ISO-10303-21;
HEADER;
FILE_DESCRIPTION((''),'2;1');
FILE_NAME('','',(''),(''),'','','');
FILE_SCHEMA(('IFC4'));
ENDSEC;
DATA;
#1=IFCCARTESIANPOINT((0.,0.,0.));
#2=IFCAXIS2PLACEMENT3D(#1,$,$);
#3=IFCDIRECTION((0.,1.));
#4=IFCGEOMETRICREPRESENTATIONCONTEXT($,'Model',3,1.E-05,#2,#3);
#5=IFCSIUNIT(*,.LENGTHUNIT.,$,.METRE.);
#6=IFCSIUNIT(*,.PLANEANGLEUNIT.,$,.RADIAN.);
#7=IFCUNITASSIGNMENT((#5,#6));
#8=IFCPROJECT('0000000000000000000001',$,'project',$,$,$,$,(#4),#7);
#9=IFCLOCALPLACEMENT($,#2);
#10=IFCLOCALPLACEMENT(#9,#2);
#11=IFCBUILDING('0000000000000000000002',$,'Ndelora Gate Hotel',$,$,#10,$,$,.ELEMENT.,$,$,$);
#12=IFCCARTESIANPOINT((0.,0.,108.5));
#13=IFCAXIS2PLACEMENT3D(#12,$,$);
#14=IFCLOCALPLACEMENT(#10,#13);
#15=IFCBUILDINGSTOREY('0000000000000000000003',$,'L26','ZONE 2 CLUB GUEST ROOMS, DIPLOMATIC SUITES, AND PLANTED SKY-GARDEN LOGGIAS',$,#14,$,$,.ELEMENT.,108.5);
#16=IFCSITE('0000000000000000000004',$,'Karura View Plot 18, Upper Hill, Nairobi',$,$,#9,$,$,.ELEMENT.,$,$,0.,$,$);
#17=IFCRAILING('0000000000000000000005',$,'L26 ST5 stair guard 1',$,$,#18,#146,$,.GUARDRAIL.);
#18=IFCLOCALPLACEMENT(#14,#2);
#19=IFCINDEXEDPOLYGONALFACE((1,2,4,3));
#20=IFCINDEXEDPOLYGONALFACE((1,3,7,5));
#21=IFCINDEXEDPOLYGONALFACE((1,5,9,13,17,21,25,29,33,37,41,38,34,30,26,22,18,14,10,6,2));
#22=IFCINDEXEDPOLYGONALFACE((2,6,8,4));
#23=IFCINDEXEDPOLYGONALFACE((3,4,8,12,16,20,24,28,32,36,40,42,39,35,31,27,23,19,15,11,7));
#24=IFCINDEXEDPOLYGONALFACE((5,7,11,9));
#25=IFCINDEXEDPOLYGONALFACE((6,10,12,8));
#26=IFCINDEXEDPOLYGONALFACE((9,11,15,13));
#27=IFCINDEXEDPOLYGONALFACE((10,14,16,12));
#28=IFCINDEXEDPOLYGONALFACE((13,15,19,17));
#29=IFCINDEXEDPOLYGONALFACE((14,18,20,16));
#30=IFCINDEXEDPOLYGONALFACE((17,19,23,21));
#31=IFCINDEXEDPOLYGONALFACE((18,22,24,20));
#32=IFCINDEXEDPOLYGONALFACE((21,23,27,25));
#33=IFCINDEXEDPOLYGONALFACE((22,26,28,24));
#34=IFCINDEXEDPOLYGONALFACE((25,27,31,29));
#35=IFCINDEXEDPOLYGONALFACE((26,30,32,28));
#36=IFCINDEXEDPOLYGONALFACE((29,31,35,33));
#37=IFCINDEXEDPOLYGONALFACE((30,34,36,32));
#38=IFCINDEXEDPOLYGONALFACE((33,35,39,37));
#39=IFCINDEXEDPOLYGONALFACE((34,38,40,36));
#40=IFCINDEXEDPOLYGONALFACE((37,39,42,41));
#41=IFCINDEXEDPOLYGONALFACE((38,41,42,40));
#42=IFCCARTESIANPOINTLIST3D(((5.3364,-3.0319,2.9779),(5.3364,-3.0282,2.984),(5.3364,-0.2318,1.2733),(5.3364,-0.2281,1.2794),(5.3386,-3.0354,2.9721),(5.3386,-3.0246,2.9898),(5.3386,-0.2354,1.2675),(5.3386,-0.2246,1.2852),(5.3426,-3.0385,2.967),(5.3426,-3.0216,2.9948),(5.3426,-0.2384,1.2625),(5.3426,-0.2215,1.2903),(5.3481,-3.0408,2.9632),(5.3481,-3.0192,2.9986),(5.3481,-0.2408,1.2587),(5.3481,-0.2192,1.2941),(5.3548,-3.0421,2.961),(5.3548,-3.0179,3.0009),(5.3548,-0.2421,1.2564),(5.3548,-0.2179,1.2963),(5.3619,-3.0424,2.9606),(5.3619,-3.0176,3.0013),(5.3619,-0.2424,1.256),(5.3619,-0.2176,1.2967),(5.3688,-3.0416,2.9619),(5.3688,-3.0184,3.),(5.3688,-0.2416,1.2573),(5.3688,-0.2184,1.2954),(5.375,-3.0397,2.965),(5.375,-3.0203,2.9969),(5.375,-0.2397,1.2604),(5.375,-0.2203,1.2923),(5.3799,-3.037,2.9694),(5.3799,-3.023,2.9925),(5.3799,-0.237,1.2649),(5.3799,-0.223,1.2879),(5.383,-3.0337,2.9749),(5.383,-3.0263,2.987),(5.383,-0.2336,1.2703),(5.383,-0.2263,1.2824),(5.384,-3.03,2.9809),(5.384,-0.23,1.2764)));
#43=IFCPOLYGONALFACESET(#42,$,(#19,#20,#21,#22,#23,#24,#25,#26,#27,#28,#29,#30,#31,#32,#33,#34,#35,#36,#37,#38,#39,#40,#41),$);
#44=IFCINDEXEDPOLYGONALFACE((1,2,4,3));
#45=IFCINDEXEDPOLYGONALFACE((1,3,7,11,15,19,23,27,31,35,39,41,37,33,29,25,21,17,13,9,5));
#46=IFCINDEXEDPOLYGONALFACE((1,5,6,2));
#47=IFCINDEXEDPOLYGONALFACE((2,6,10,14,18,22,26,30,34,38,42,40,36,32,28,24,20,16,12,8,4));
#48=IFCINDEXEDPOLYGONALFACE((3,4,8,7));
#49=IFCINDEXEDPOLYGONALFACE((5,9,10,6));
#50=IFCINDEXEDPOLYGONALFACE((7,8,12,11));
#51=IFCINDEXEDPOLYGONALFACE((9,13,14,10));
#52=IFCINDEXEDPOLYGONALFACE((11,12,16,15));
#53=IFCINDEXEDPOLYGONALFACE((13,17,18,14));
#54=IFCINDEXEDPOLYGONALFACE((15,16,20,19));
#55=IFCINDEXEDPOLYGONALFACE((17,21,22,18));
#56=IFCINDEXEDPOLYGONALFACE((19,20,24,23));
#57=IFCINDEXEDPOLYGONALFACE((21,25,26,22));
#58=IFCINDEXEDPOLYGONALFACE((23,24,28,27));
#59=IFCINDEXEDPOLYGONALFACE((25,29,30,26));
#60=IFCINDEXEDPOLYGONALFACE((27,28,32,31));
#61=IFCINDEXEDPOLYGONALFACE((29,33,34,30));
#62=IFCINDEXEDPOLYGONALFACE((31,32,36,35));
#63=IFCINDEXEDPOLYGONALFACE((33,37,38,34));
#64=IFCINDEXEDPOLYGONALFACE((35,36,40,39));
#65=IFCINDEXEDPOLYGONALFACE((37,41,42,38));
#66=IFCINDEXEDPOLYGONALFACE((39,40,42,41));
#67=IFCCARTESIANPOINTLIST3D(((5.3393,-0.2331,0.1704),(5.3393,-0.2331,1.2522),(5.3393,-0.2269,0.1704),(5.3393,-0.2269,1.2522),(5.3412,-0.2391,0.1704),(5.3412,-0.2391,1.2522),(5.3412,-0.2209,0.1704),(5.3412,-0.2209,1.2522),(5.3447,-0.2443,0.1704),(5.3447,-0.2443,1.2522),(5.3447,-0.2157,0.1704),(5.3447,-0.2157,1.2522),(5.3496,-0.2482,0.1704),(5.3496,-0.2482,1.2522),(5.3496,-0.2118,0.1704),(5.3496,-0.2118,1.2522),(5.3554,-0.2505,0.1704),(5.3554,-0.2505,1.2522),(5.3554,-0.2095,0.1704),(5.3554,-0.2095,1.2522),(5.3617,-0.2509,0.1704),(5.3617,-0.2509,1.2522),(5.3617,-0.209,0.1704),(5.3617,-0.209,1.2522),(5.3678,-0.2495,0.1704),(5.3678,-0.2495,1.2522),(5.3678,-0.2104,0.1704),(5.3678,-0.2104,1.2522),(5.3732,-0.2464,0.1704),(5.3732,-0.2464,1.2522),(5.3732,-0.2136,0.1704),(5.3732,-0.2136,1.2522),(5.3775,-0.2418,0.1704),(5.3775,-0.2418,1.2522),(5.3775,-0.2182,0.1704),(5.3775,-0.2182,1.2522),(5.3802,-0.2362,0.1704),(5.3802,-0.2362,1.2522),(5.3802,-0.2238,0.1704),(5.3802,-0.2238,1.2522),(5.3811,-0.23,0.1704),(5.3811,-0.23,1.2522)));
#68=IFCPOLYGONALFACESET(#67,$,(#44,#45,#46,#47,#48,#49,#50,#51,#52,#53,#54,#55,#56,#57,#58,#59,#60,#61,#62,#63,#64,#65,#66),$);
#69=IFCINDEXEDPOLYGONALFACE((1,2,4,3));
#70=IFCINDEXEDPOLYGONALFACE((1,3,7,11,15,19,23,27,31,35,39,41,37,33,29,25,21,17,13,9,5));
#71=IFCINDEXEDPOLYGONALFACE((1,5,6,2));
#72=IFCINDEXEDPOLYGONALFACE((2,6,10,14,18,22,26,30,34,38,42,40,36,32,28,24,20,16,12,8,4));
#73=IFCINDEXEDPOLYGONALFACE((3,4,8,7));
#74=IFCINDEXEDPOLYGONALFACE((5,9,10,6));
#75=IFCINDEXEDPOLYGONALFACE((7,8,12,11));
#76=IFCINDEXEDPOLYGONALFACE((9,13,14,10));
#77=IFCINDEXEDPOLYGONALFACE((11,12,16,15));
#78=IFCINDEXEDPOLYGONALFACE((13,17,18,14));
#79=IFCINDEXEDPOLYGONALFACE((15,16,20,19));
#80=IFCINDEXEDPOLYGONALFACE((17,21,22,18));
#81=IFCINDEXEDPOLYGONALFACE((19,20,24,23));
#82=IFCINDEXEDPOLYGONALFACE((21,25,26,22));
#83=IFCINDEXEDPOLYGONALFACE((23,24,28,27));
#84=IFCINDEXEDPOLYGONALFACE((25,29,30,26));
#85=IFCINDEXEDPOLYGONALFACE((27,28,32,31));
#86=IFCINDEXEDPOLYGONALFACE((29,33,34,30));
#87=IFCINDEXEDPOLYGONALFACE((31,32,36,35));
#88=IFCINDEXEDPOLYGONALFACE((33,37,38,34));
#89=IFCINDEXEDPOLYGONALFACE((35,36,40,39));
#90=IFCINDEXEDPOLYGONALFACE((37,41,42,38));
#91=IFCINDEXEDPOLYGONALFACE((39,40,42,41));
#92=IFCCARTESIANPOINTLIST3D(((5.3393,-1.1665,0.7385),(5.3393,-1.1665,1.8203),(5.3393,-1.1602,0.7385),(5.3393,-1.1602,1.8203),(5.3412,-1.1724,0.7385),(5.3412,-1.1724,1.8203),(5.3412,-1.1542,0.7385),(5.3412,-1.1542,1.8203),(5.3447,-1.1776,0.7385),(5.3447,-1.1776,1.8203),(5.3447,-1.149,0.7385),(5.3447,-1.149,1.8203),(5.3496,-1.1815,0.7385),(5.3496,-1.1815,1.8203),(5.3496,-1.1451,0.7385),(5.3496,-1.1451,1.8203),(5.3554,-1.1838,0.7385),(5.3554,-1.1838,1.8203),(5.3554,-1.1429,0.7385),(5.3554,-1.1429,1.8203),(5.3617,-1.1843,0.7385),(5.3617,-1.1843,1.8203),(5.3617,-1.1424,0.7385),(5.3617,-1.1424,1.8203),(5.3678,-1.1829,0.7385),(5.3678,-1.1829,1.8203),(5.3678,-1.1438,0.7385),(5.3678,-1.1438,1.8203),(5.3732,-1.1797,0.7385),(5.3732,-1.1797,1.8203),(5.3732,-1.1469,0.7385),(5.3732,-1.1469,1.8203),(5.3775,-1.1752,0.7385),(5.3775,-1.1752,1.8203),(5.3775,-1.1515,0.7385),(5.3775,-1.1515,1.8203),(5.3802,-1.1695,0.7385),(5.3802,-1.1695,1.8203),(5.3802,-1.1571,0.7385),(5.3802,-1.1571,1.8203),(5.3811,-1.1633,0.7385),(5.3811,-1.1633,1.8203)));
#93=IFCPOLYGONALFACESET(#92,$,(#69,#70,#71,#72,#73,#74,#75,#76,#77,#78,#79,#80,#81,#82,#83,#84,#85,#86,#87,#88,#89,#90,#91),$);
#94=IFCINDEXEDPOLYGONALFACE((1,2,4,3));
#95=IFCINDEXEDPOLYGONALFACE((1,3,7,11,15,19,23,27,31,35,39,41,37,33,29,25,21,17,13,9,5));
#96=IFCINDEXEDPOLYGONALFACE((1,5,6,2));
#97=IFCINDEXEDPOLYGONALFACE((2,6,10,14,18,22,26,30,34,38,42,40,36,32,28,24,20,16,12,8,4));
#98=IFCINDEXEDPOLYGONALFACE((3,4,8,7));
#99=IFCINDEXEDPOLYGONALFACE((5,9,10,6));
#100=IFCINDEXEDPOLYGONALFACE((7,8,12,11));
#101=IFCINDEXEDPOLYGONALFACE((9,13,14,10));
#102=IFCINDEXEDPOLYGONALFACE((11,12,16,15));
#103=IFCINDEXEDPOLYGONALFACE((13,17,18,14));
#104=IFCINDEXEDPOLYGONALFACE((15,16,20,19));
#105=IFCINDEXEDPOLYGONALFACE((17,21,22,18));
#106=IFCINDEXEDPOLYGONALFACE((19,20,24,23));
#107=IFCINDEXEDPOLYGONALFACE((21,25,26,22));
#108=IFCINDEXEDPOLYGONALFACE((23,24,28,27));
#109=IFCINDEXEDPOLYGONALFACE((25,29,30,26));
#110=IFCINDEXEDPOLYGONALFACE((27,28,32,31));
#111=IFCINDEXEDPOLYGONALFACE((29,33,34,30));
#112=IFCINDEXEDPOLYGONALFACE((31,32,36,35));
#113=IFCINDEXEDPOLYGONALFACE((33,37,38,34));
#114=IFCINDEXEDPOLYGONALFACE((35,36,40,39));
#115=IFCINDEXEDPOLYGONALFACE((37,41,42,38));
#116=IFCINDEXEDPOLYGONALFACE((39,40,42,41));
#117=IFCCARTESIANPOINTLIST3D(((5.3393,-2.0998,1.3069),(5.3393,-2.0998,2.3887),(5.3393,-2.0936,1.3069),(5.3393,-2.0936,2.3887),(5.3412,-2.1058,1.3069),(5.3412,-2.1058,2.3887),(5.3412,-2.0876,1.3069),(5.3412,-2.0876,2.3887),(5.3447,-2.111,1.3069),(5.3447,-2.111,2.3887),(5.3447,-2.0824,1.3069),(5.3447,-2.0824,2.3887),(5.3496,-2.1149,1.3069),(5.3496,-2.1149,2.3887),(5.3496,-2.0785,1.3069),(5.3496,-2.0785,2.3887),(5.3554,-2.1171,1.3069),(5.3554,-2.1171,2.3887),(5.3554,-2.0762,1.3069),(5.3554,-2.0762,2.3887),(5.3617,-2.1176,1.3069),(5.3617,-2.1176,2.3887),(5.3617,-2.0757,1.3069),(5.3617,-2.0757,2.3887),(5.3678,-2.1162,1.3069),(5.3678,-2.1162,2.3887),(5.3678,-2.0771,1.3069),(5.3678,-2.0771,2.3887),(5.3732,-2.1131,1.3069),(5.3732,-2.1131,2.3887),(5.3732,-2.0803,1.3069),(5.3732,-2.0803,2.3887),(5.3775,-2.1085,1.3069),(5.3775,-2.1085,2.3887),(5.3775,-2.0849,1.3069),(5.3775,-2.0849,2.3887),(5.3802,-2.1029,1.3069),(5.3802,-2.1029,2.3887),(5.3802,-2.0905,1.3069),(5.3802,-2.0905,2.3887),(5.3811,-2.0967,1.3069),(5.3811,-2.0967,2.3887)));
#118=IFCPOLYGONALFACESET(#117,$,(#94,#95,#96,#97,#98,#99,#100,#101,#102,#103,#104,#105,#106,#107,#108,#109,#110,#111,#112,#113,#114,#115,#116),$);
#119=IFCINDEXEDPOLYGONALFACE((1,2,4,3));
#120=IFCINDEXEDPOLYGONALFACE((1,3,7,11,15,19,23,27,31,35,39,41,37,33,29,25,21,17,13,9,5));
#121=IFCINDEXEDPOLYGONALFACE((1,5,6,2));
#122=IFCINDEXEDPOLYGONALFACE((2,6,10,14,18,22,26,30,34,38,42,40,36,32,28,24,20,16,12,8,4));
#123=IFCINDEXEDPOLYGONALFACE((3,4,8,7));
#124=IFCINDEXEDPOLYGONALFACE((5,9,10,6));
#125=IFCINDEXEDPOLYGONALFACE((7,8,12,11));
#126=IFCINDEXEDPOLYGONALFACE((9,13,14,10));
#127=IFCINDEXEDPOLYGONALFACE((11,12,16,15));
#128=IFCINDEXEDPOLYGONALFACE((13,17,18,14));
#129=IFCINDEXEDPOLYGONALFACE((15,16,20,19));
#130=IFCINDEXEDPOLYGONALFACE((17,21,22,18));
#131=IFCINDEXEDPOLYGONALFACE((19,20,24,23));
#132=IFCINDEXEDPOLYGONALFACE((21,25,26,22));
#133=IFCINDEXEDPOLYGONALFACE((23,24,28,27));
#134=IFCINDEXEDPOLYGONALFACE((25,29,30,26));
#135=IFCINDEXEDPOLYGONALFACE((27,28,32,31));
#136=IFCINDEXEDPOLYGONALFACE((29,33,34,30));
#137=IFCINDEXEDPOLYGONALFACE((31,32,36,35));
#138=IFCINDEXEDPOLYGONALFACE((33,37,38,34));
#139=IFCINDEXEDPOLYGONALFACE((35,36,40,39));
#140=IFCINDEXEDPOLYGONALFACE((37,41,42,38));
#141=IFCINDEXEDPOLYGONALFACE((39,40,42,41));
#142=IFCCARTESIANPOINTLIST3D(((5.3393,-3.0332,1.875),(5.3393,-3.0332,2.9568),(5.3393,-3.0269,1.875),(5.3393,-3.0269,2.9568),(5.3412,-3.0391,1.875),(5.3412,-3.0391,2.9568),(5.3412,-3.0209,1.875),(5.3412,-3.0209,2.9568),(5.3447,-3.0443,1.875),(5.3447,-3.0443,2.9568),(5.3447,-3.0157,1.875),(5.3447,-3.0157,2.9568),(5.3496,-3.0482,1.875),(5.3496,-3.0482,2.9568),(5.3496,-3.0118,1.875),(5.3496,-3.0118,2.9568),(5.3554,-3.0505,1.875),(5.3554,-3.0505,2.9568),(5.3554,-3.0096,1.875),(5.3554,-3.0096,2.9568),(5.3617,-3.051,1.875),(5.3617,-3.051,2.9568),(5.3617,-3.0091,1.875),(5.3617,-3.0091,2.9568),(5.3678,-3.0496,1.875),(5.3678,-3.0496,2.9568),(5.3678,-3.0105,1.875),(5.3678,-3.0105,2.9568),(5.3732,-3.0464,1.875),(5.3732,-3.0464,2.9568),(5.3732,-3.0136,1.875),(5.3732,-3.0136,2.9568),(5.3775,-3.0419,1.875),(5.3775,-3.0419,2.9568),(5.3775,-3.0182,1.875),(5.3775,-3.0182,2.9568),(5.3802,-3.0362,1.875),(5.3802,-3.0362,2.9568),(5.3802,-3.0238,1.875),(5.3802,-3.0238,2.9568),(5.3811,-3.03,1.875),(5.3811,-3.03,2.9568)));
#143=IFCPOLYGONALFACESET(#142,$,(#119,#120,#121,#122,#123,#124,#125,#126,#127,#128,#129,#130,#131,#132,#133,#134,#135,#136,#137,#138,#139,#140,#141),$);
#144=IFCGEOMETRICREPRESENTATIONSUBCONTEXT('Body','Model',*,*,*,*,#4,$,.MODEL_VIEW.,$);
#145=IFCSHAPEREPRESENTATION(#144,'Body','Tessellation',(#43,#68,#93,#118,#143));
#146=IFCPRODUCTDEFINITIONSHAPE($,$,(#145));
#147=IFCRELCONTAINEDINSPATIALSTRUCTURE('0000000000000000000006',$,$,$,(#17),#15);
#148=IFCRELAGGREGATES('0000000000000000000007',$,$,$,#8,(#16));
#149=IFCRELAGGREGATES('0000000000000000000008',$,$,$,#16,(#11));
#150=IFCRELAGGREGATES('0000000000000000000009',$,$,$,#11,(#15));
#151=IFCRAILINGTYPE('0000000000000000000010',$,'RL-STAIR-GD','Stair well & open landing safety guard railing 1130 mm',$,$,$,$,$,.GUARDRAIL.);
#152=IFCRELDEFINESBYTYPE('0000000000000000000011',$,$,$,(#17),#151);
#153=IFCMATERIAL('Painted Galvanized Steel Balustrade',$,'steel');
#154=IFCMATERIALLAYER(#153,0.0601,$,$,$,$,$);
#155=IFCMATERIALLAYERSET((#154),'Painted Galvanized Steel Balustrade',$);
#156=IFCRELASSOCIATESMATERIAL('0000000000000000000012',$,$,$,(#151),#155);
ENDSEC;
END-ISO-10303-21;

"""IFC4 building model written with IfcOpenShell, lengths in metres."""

from ifc_helpers import new_model, si_unit, direction, frame, origin, origin_2d, place, context, subcontext, project, spatial, circle, extrude, material, layer, layer_set, type_object, element, save


model = new_model("IFC4")

# Units and contexts
model_context = context("Model", 3, precision=1e-05, world=origin(), true_north=direction((0.0, 1.0)))
body_context = subcontext(model_context, "Body", "Model", "MODEL_VIEW")
ifc_project = project(units=[si_unit("LENGTHUNIT", "METRE"), si_unit("PLANEANGLEUNIT", "RADIAN")], contexts=[model_context])

# Site, building, storey
site_placement = place(None, origin())
site = spatial("IfcSite", under=ifc_project, at=site_placement, Name="Karura View Plot 18, Upper Hill, Nairobi", CompositionType="ELEMENT", RefElevation=0.0)
building_placement = place(site_placement, origin())
building = spatial("IfcBuilding", under=site, at=building_placement, Name="Ndelora Gate Hotel", CompositionType="ELEMENT")
storey_placement = place(building_placement, frame((0.0, 0.0, 108.5)))
storey = spatial("IfcBuildingStorey", under=building, at=storey_placement, Name="L26", Description="ZONE 2 CLUB GUEST ROOMS, DIPLOMATIC SUITES, AND PLANTED SKY-GARDEN LOGGIAS", CompositionType="ELEMENT", Elevation=108.5)

# Railing
ifc_material_1 = material(Name="Painted Galvanized Steel Balustrade", Category="steel")
ifc_layer_1 = layer(ifc_material_1, 0.0601)
ifc_layer_set_1 = layer_set([ifc_layer_1], Name="Painted Galvanized Steel Balustrade")
railing_type_1 = type_object("IfcRailingType", Name="RL-STAIR-GD", Description="Stair well & open landing safety guard railing 1130 mm", PredefinedType="GUARDRAIL", material=ifc_layer_set_1)
railing_1_placement = place(storey_placement, frame((5.3601, -0.23, 0.1704)))
element("IfcRailing", 1, at=railing_1_placement, inside=storey, type_object=railing_type_1, Name="L26 ST5 stair guard 1", PredefinedType="GUARDRAIL", context=body_context, shape_type="SweptSolid", body=[
    extrude(circle(Radius=0.0239, at=origin_2d()), frame((0.0, 0.0, 1.106), z_axis=(0.0, -0.85417, 0.519994), x_axis=(1.0, 0.0, 0.0)), (0.0, 0.0, 1.0), 3.2781),
    extrude(circle(Radius=0.021, at=origin_2d()), origin(), (0.0, 0.0, 1.0), 1.0818),
    extrude(circle(Radius=0.021, at=origin_2d()), frame((0.0, -0.9333, 0.5681)), (0.0, 0.0, 1.0), 1.0818),
    extrude(circle(Radius=0.021, at=origin_2d()), frame((0.0, -1.8667, 1.1365)), (0.0, 0.0, 1.0), 1.0818),
    extrude(circle(Radius=0.021, at=origin_2d()), frame((0.0, -2.8, 1.7046)), (0.0, 0.0, 1.0), 1.0818),
])

save(model, "model.ifc")
